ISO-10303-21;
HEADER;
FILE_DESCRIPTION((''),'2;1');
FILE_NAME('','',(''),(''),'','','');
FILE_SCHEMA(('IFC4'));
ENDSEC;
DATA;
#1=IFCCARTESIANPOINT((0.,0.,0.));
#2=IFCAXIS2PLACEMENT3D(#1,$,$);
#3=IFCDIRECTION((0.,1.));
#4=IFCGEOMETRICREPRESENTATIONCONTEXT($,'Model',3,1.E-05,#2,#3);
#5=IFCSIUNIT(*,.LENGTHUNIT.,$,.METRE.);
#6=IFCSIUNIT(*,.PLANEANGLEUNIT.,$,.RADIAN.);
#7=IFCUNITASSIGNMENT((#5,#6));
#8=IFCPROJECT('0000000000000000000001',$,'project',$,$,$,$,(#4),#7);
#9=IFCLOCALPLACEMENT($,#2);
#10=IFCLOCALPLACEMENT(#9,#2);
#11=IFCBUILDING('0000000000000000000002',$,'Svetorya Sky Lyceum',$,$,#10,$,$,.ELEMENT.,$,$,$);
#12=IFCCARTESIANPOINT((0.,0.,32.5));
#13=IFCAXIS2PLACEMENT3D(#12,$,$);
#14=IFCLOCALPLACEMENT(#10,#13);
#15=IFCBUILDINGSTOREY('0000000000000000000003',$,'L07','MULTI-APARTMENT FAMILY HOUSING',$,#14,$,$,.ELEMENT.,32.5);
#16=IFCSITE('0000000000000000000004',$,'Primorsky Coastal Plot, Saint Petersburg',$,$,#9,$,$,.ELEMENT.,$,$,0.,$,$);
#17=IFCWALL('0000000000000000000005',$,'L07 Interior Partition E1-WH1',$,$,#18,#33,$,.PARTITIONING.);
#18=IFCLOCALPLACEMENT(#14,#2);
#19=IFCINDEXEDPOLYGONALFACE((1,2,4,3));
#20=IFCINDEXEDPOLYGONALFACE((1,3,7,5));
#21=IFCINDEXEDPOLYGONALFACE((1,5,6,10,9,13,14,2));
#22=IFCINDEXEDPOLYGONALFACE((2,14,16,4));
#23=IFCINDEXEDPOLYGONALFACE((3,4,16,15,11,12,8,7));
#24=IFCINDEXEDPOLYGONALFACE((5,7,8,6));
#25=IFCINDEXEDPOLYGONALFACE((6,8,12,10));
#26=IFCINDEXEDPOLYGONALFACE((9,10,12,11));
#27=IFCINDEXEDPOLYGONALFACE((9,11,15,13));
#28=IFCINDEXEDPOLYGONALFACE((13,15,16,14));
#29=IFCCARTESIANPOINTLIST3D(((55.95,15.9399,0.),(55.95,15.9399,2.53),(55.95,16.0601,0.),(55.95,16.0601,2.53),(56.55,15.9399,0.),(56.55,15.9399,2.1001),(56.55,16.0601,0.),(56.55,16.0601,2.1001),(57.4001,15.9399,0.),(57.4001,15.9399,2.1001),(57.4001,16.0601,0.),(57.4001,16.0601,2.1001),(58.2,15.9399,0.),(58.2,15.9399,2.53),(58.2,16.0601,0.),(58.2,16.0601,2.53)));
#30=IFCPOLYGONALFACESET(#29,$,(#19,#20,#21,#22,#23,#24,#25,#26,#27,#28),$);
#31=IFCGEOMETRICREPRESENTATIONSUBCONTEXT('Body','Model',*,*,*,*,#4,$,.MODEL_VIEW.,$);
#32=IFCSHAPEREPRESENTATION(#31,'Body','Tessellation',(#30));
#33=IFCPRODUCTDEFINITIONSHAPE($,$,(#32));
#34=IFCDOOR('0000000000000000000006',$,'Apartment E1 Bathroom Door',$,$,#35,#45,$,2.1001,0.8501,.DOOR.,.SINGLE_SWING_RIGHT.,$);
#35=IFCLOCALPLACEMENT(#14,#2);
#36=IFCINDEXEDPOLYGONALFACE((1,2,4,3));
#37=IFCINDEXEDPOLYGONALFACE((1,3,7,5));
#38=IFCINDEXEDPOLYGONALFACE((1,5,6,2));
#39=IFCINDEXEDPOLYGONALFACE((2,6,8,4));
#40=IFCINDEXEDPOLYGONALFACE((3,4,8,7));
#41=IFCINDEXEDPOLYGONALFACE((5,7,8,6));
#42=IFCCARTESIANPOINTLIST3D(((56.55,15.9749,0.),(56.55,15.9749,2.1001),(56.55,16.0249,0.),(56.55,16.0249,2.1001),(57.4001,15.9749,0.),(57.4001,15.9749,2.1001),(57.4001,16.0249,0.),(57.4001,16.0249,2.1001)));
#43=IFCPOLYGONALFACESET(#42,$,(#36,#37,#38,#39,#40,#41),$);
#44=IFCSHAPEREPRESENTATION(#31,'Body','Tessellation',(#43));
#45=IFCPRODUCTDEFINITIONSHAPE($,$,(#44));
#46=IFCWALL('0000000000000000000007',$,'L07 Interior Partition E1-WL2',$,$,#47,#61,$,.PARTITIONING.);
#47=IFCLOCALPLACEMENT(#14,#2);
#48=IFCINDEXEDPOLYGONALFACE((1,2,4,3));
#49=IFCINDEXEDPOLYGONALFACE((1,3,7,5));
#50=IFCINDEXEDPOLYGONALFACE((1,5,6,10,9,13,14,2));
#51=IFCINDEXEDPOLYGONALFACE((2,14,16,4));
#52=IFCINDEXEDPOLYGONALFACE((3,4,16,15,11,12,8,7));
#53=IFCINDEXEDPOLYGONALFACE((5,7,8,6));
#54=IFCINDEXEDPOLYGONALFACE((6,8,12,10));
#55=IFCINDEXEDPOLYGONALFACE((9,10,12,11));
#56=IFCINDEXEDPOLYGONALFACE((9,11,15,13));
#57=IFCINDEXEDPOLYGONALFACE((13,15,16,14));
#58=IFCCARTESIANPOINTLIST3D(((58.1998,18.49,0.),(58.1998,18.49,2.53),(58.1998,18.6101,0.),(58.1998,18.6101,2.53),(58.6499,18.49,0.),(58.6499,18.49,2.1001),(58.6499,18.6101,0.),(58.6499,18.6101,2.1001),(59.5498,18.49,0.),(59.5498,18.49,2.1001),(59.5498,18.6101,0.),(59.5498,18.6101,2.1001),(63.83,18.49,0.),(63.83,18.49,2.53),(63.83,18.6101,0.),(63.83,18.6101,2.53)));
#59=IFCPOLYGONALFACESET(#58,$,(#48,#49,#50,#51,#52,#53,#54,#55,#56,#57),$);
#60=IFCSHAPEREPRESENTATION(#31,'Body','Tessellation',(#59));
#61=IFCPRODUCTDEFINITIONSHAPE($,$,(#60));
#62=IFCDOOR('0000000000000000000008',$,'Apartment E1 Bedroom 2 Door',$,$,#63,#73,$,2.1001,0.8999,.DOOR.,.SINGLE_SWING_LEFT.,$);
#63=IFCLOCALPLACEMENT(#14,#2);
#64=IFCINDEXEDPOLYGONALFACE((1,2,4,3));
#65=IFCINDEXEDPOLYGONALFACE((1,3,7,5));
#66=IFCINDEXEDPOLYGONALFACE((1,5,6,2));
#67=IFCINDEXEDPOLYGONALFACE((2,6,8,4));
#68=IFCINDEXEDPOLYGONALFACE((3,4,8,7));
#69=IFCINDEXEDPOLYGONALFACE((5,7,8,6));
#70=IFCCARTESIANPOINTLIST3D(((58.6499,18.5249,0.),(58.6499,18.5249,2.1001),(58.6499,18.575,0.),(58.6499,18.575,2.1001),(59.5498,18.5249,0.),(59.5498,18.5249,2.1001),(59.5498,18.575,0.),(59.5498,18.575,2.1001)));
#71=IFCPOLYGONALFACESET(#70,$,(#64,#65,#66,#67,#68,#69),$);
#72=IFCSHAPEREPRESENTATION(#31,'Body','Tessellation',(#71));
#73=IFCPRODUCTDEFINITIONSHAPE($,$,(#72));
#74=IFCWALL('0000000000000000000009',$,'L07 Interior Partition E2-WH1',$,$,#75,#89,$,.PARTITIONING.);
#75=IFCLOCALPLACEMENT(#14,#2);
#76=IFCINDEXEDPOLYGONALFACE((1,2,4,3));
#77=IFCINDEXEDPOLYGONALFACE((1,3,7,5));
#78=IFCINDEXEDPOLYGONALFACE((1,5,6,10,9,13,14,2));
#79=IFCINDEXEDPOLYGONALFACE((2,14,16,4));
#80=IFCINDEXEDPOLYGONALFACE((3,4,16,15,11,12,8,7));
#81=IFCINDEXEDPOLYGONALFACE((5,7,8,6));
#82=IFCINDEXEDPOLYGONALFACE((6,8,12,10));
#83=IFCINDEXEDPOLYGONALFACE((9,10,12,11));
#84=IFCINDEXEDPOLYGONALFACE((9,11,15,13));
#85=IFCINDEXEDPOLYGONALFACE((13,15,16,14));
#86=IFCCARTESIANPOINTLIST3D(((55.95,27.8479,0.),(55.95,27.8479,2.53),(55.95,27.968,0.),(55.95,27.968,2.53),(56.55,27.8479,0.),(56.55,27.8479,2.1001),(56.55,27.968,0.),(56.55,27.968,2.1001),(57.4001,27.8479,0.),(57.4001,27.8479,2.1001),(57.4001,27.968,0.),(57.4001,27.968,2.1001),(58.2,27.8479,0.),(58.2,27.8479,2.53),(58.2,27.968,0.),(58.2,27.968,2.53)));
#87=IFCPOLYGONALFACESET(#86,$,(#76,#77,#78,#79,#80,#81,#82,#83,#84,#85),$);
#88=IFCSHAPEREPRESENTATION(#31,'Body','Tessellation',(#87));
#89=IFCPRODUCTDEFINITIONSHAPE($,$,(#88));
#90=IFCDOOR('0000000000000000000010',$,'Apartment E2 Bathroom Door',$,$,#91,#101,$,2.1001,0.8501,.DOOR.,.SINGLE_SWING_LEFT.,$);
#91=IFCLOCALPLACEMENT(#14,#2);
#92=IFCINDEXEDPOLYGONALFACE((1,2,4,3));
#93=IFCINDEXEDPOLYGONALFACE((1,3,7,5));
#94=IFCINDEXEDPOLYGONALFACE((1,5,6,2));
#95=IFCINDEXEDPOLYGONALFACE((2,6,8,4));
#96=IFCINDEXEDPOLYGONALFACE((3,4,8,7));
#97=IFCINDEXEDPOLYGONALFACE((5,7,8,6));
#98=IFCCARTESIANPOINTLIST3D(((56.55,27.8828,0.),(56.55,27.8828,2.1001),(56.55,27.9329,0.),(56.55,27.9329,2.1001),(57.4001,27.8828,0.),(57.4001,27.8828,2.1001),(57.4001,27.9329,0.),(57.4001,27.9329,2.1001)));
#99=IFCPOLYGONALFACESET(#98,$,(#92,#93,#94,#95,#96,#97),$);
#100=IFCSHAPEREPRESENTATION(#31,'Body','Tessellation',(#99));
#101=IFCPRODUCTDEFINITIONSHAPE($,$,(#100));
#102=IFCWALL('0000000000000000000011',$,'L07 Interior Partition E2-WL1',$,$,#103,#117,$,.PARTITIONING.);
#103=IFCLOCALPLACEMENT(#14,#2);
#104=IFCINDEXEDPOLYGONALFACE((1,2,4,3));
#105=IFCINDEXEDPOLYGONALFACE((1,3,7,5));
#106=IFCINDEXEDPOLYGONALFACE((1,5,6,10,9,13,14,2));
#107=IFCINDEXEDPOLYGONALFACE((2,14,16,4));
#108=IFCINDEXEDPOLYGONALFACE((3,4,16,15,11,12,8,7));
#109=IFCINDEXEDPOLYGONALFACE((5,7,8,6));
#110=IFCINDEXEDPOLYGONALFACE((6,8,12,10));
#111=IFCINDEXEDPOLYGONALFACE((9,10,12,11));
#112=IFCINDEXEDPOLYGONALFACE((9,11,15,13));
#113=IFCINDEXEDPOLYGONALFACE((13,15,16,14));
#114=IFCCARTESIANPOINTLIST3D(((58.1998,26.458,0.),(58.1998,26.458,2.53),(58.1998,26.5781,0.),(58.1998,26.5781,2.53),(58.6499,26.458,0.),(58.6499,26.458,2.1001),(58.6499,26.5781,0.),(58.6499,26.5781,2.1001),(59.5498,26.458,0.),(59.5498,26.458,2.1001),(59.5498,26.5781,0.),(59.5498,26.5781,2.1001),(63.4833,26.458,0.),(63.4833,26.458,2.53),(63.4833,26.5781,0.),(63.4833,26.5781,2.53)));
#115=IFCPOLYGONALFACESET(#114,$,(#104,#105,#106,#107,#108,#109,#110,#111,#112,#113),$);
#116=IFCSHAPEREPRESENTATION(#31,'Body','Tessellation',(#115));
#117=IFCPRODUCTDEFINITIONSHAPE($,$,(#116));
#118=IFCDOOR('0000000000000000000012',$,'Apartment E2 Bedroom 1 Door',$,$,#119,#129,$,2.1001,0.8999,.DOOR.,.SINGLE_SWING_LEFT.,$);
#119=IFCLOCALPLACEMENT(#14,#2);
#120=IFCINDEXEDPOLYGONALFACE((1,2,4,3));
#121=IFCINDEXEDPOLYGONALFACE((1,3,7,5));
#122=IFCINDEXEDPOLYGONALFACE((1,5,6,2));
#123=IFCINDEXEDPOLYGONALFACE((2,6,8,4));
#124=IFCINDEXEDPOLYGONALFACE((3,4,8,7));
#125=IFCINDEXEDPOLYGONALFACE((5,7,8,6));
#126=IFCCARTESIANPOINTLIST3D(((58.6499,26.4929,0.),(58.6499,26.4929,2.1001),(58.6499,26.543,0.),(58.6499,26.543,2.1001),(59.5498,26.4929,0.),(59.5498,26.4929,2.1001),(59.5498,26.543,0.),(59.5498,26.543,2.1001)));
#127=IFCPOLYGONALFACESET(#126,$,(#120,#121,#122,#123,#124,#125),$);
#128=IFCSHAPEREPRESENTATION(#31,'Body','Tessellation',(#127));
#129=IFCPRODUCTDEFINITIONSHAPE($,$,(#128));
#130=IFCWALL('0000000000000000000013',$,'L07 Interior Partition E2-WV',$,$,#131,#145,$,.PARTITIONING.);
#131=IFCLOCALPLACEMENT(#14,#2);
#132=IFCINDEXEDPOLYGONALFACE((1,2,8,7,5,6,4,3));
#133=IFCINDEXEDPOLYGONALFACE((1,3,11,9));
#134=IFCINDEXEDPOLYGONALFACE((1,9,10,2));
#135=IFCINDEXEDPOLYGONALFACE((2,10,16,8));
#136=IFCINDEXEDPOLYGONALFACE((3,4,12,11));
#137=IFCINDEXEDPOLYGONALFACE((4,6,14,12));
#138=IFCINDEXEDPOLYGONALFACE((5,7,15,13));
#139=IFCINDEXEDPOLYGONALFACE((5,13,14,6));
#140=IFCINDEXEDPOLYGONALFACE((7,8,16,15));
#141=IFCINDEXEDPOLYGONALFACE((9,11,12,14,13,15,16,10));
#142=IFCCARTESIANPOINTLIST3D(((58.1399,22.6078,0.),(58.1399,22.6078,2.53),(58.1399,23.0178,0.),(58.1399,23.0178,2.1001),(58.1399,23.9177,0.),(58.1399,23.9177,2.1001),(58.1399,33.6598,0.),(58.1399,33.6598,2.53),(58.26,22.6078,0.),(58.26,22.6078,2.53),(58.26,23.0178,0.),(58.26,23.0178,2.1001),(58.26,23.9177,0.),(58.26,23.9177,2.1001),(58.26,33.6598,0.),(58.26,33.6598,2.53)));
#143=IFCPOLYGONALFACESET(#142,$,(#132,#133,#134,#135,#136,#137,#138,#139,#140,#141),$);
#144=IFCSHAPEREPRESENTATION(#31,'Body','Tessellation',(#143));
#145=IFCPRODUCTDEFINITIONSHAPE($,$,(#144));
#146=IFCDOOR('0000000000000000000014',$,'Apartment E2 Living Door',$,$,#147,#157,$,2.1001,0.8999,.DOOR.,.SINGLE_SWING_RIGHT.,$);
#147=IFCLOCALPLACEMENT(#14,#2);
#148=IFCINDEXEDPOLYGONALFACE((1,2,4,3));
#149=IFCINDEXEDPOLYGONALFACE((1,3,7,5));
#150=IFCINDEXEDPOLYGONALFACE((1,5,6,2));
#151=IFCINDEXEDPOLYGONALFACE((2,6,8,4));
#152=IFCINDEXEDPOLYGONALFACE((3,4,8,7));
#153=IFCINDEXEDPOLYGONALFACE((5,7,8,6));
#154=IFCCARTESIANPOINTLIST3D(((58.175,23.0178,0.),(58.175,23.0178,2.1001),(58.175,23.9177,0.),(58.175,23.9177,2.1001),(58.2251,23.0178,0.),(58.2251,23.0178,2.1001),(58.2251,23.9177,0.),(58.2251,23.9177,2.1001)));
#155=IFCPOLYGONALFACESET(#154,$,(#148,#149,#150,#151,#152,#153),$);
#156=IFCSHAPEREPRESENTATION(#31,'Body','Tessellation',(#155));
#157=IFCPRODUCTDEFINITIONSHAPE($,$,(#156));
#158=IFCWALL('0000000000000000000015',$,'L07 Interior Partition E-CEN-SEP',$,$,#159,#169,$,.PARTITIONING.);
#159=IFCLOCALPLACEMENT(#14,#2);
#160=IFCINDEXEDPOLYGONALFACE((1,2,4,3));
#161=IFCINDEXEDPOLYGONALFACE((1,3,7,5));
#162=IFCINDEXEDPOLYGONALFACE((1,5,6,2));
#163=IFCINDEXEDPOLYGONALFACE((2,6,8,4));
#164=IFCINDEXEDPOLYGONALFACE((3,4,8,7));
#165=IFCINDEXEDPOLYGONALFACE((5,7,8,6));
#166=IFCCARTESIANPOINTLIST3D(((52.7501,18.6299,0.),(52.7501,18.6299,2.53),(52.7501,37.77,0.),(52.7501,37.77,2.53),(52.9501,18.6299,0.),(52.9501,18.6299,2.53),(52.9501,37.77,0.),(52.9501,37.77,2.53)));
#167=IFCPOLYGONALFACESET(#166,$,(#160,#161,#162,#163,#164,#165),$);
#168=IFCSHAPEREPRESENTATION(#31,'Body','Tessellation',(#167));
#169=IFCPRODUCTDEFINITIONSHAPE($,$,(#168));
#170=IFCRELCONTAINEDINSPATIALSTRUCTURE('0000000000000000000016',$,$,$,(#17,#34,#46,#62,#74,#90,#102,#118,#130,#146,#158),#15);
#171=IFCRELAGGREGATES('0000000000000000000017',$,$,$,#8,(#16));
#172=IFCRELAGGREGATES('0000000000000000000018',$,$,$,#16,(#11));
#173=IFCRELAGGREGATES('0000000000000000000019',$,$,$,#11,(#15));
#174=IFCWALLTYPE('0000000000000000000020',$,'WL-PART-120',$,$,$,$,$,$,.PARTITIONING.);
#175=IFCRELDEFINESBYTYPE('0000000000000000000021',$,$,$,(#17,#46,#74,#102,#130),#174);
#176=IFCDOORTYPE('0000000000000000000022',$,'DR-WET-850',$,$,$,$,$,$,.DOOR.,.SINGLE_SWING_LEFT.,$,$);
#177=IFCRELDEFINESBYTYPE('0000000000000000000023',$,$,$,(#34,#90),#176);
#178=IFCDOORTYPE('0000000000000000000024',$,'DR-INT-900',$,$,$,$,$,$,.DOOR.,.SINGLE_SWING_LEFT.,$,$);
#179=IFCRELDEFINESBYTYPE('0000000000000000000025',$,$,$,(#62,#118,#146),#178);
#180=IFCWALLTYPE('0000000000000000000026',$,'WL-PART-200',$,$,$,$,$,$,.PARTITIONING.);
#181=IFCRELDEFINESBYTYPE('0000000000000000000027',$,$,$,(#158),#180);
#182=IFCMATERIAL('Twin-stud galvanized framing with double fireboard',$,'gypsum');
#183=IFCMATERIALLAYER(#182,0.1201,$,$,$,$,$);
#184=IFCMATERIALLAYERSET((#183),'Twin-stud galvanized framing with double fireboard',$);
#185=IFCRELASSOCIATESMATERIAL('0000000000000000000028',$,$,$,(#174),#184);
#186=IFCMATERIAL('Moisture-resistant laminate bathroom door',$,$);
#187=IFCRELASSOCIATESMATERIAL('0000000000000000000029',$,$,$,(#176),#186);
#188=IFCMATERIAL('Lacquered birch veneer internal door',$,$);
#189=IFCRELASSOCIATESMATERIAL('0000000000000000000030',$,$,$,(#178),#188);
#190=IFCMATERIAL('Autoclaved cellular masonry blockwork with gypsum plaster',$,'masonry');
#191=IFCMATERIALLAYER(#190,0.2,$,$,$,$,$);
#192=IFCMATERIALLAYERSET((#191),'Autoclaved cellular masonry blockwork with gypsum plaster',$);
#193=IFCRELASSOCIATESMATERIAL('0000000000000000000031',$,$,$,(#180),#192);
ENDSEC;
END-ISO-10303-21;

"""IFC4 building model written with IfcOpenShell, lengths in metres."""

from ifc_helpers import new_model, si_unit, direction, frame, frame_2d, origin, place, context, subcontext, project, spatial, rectangle, extrude, material, layer, layer_set, type_object, element, fill, save


model = new_model("IFC4")

# Units and contexts
model_context = context("Model", 3, precision=1e-05, world=origin(), true_north=direction((0.0, 1.0)))
body_context = subcontext(model_context, "Body", "Model", "MODEL_VIEW")
ifc_project = project(units=[si_unit("LENGTHUNIT", "METRE"), si_unit("PLANEANGLEUNIT", "RADIAN")], contexts=[model_context])

# Site, building, storey
site_placement = place(None, origin())
site = spatial("IfcSite", under=ifc_project, at=site_placement, Name="Primorsky Coastal Plot, Saint Petersburg", CompositionType="ELEMENT", RefElevation=0.0)
building_placement = place(site_placement, origin())
building = spatial("IfcBuilding", under=site, at=building_placement, Name="Svetorya Sky Lyceum", CompositionType="ELEMENT")
storey_placement = place(building_placement, frame((0.0, 0.0, 32.5)))
storey = spatial("IfcBuildingStorey", under=building, at=storey_placement, Name="L07", Description="MULTI-APARTMENT FAMILY HOUSING", CompositionType="ELEMENT", Elevation=32.5)

# Walls, openings, doors
ifc_material_1 = material(Name="Twin-stud galvanized framing with double fireboard", Category="gypsum")
ifc_layer_1 = layer(ifc_material_1, 0.1201)
ifc_layer_set_1 = layer_set([ifc_layer_1], Name="Twin-stud galvanized framing with double fireboard")
wall_type_1 = type_object("IfcWallType", Name="WL-PART-120", PredefinedType="PARTITIONING", material=ifc_layer_set_1)
wall_1_placement = place(storey_placement, frame((55.95, 16.0, 0.0), z_axis=(0.0, 0.0, 1.0), x_axis=(1.0, 0.0, 0.0)))
wall_1 = element("IfcWall", 1, at=wall_1_placement, inside=storey, type_object=wall_type_1, Name="L07 Interior Partition E1-WH1", PredefinedType="PARTITIONING", context=body_context, shape_type="SweptSolid", body=[
    extrude(rectangle(XDim=2.25, YDim=0.1201, at=frame_2d((1.125, 0.0))), origin(), (0.0, 0.0, 1.0), 2.53),
])
opening_1_placement = place(wall_1_placement, frame((0.6001, 0.0, 0.0)))
opening_1 = element("IfcOpeningElement", 2, at=opening_1_placement, cuts=wall_1, PredefinedType="OPENING", context=body_context, shape_type="SweptSolid", body=[
    extrude(rectangle(XDim=0.8501, YDim=2.1001, at=frame_2d((0.425, 1.05))), frame((0.0, 0.0701, 0.0), z_axis=(0.0, -1.0, 0.0), x_axis=(1.0, 0.0, 0.0)), (0.0, 0.0, 1.0), 0.1401),
])
ifc_material_2 = material(Name="Moisture-resistant laminate bathroom door")
door_type_1 = type_object("IfcDoorType", Name="DR-WET-850", OperationType="SINGLE_SWING_LEFT", PredefinedType="DOOR", material=ifc_material_2)
door_1_placement = place(opening_1_placement, origin())
door_1 = element("IfcDoor", 3, at=door_1_placement, inside=storey, type_object=door_type_1, Name="Apartment E1 Bathroom Door", OperationType="SINGLE_SWING_RIGHT", OverallHeight=2.1001, OverallWidth=0.8501, PredefinedType="DOOR", context=body_context, shape_type="SweptSolid", body=[
    extrude(rectangle(XDim=0.8501, YDim=2.1001, at=frame_2d((0.425, 1.05))), frame((0.0, 0.0249, 0.0), z_axis=(0.0, -1.0, 0.0), x_axis=(1.0, 0.0, 0.0)), (0.0, 0.0, 1.0), 0.05),
])
fill(opening_1, door_1)
wall_2_placement = place(storey_placement, frame((58.2, 18.55, 0.0), z_axis=(0.0, 0.0, 1.0), x_axis=(1.0, 0.0, 0.0)))
wall_2 = element("IfcWall", 4, at=wall_2_placement, inside=storey, type_object=wall_type_1, Name="L07 Interior Partition E1-WL2", PredefinedType="PARTITIONING", context=body_context, shape_type="SweptSolid", body=[
    extrude(rectangle(XDim=5.6301, YDim=0.1201, at=frame_2d((2.8149, 0.0))), origin(), (0.0, 0.0, 1.0), 2.53),
])
opening_2_placement = place(wall_2_placement, frame((0.45, 0.0, 0.0)))
opening_2 = element("IfcOpeningElement", 5, at=opening_2_placement, cuts=wall_2, PredefinedType="OPENING", context=body_context, shape_type="SweptSolid", body=[
    extrude(rectangle(XDim=0.8999, YDim=2.1001, at=frame_2d((0.45, 1.05))), frame((0.0, 0.0701, 0.0), z_axis=(0.0, -1.0, 0.0), x_axis=(1.0, 0.0, 0.0)), (0.0, 0.0, 1.0), 0.1401),
])
ifc_material_3 = material(Name="Lacquered birch veneer internal door")
door_type_2 = type_object("IfcDoorType", Name="DR-INT-900", OperationType="SINGLE_SWING_LEFT", PredefinedType="DOOR", material=ifc_material_3)
door_2_placement = place(opening_2_placement, origin())
door_2 = element("IfcDoor", 6, at=door_2_placement, inside=storey, type_object=door_type_2, Name="Apartment E1 Bedroom 2 Door", OperationType="SINGLE_SWING_LEFT", OverallHeight=2.1001, OverallWidth=0.8999, PredefinedType="DOOR", context=body_context, shape_type="SweptSolid", body=[
    extrude(rectangle(XDim=0.8999, YDim=2.1001, at=frame_2d((0.45, 1.05))), frame((0.0, 0.0249, 0.0), z_axis=(0.0, -1.0, 0.0), x_axis=(1.0, 0.0, 0.0)), (0.0, 0.0, 1.0), 0.05),
])
fill(opening_2, door_2)
wall_3_placement = place(storey_placement, frame((55.95, 27.908, 0.0), z_axis=(0.0, 0.0, 1.0), x_axis=(1.0, 0.0, 0.0)))
wall_3 = element("IfcWall", 7, at=wall_3_placement, inside=storey, type_object=wall_type_1, Name="L07 Interior Partition E2-WH1", PredefinedType="PARTITIONING", context=body_context, shape_type="SweptSolid", body=[
    extrude(rectangle(XDim=2.25, YDim=0.1201, at=frame_2d((1.125, 0.0))), origin(), (0.0, 0.0, 1.0), 2.53),
])
opening_3_placement = place(wall_3_placement, frame((0.6001, 0.0, 0.0)))
opening_3 = element("IfcOpeningElement", 8, at=opening_3_placement, cuts=wall_3, PredefinedType="OPENING", context=body_context, shape_type="SweptSolid", body=[
    extrude(rectangle(XDim=0.8501, YDim=2.1001, at=frame_2d((0.425, 1.05))), frame((0.0, 0.0701, 0.0), z_axis=(0.0, -1.0, 0.0), x_axis=(1.0, 0.0, 0.0)), (0.0, 0.0, 1.0), 0.1401),
])
door_3_placement = place(opening_3_placement, origin())
door_3 = element("IfcDoor", 9, at=door_3_placement, inside=storey, type_object=door_type_1, Name="Apartment E2 Bathroom Door", OperationType="SINGLE_SWING_LEFT", OverallHeight=2.1001, OverallWidth=0.8501, PredefinedType="DOOR", context=body_context, shape_type="SweptSolid", body=[
    extrude(rectangle(XDim=0.8501, YDim=2.1001, at=frame_2d((0.425, 1.05))), frame((0.0, 0.0249, 0.0), z_axis=(0.0, -1.0, 0.0), x_axis=(1.0, 0.0, 0.0)), (0.0, 0.0, 1.0), 0.05),
])
fill(opening_3, door_3)
wall_4_placement = place(storey_placement, frame((58.2, 26.5181, 0.0), z_axis=(0.0, 0.0, 1.0), x_axis=(1.0, 0.0, 0.0)))
wall_4 = element("IfcWall", 10, at=wall_4_placement, inside=storey, type_object=wall_type_1, Name="L07 Interior Partition E2-WL1", PredefinedType="PARTITIONING", context=body_context, shape_type="SweptSolid", body=[
    extrude(rectangle(XDim=5.2834, YDim=0.1201, at=frame_2d((2.6416, 0.0))), origin(), (0.0, 0.0, 1.0), 2.53),
])
opening_4_placement = place(wall_4_placement, frame((0.45, 0.0, 0.0)))
opening_4 = element("IfcOpeningElement", 11, at=opening_4_placement, cuts=wall_4, PredefinedType="OPENING", context=body_context, shape_type="SweptSolid", body=[
    extrude(rectangle(XDim=0.8999, YDim=2.1001, at=frame_2d((0.45, 1.05))), frame((0.0, 0.0701, 0.0), z_axis=(0.0, -1.0, 0.0), x_axis=(1.0, 0.0, 0.0)), (0.0, 0.0, 1.0), 0.1401),
])
door_4_placement = place(opening_4_placement, origin())
door_4 = element("IfcDoor", 12, at=door_4_placement, inside=storey, type_object=door_type_2, Name="Apartment E2 Bedroom 1 Door", OperationType="SINGLE_SWING_LEFT", OverallHeight=2.1001, OverallWidth=0.8999, PredefinedType="DOOR", context=body_context, shape_type="SweptSolid", body=[
    extrude(rectangle(XDim=0.8999, YDim=2.1001, at=frame_2d((0.45, 1.05))), frame((0.0, 0.0249, 0.0), z_axis=(0.0, -1.0, 0.0), x_axis=(1.0, 0.0, 0.0)), (0.0, 0.0, 1.0), 0.05),
])
fill(opening_4, door_4)
wall_5_placement = place(storey_placement, frame((58.2, 22.6079, 0.0), z_axis=(0.0, 0.0, 1.0), x_axis=(0.0, 1.0, 0.0)))
wall_5 = element("IfcWall", 13, at=wall_5_placement, inside=storey, type_object=wall_type_1, Name="L07 Interior Partition E2-WV", PredefinedType="PARTITIONING", context=body_context, shape_type="SweptSolid", body=[
    extrude(rectangle(XDim=11.052, YDim=0.1201, at=frame_2d((5.5259, 0.0))), origin(), (0.0, 0.0, 1.0), 2.53),
])
opening_5_placement = place(wall_5_placement, frame((0.4099, 0.0, 0.0)))
opening_5 = element("IfcOpeningElement", 14, at=opening_5_placement, cuts=wall_5, PredefinedType="OPENING", context=body_context, shape_type="SweptSolid", body=[
    extrude(rectangle(XDim=0.8999, YDim=2.1001, at=frame_2d((0.45, 1.05))), frame((0.0, 0.0701, 0.0), z_axis=(0.0, -1.0, 0.0), x_axis=(1.0, 0.0, 0.0)), (0.0, 0.0, 1.0), 0.1401),
])
door_5_placement = place(opening_5_placement, origin())
door_5 = element("IfcDoor", 15, at=door_5_placement, inside=storey, type_object=door_type_2, Name="Apartment E2 Living Door", OperationType="SINGLE_SWING_RIGHT", OverallHeight=2.1001, OverallWidth=0.8999, PredefinedType="DOOR", context=body_context, shape_type="SweptSolid", body=[
    extrude(rectangle(XDim=0.8999, YDim=2.1001, at=frame_2d((0.45, 1.05))), frame((0.0, 0.0249, 0.0), z_axis=(0.0, -1.0, 0.0), x_axis=(1.0, 0.0, 0.0)), (0.0, 0.0, 1.0), 0.05),
])
fill(opening_5, door_5)

# Wall
ifc_material_4 = material(Name="Autoclaved cellular masonry blockwork with gypsum plaster", Category="masonry")
ifc_layer_2 = layer(ifc_material_4, 0.2)
ifc_layer_set_2 = layer_set([ifc_layer_2], Name="Autoclaved cellular masonry blockwork with gypsum plaster")
wall_type_2 = type_object("IfcWallType", Name="WL-PART-200", PredefinedType="PARTITIONING", material=ifc_layer_set_2)
wall_6_placement = place(storey_placement, frame((52.8501, 18.6299, 0.0), z_axis=(0.0, 0.0, 1.0), x_axis=(0.0, 1.0, 0.0)))
element("IfcWall", 16, at=wall_6_placement, inside=storey, type_object=wall_type_2, Name="L07 Interior Partition E-CEN-SEP", PredefinedType="PARTITIONING", context=body_context, shape_type="SweptSolid", body=[
    extrude(rectangle(XDim=19.1401, YDim=0.2, at=frame_2d((9.5701, 0.0))), origin(), (0.0, 0.0, 1.0), 2.53),
])

save(model, "model.ifc")
